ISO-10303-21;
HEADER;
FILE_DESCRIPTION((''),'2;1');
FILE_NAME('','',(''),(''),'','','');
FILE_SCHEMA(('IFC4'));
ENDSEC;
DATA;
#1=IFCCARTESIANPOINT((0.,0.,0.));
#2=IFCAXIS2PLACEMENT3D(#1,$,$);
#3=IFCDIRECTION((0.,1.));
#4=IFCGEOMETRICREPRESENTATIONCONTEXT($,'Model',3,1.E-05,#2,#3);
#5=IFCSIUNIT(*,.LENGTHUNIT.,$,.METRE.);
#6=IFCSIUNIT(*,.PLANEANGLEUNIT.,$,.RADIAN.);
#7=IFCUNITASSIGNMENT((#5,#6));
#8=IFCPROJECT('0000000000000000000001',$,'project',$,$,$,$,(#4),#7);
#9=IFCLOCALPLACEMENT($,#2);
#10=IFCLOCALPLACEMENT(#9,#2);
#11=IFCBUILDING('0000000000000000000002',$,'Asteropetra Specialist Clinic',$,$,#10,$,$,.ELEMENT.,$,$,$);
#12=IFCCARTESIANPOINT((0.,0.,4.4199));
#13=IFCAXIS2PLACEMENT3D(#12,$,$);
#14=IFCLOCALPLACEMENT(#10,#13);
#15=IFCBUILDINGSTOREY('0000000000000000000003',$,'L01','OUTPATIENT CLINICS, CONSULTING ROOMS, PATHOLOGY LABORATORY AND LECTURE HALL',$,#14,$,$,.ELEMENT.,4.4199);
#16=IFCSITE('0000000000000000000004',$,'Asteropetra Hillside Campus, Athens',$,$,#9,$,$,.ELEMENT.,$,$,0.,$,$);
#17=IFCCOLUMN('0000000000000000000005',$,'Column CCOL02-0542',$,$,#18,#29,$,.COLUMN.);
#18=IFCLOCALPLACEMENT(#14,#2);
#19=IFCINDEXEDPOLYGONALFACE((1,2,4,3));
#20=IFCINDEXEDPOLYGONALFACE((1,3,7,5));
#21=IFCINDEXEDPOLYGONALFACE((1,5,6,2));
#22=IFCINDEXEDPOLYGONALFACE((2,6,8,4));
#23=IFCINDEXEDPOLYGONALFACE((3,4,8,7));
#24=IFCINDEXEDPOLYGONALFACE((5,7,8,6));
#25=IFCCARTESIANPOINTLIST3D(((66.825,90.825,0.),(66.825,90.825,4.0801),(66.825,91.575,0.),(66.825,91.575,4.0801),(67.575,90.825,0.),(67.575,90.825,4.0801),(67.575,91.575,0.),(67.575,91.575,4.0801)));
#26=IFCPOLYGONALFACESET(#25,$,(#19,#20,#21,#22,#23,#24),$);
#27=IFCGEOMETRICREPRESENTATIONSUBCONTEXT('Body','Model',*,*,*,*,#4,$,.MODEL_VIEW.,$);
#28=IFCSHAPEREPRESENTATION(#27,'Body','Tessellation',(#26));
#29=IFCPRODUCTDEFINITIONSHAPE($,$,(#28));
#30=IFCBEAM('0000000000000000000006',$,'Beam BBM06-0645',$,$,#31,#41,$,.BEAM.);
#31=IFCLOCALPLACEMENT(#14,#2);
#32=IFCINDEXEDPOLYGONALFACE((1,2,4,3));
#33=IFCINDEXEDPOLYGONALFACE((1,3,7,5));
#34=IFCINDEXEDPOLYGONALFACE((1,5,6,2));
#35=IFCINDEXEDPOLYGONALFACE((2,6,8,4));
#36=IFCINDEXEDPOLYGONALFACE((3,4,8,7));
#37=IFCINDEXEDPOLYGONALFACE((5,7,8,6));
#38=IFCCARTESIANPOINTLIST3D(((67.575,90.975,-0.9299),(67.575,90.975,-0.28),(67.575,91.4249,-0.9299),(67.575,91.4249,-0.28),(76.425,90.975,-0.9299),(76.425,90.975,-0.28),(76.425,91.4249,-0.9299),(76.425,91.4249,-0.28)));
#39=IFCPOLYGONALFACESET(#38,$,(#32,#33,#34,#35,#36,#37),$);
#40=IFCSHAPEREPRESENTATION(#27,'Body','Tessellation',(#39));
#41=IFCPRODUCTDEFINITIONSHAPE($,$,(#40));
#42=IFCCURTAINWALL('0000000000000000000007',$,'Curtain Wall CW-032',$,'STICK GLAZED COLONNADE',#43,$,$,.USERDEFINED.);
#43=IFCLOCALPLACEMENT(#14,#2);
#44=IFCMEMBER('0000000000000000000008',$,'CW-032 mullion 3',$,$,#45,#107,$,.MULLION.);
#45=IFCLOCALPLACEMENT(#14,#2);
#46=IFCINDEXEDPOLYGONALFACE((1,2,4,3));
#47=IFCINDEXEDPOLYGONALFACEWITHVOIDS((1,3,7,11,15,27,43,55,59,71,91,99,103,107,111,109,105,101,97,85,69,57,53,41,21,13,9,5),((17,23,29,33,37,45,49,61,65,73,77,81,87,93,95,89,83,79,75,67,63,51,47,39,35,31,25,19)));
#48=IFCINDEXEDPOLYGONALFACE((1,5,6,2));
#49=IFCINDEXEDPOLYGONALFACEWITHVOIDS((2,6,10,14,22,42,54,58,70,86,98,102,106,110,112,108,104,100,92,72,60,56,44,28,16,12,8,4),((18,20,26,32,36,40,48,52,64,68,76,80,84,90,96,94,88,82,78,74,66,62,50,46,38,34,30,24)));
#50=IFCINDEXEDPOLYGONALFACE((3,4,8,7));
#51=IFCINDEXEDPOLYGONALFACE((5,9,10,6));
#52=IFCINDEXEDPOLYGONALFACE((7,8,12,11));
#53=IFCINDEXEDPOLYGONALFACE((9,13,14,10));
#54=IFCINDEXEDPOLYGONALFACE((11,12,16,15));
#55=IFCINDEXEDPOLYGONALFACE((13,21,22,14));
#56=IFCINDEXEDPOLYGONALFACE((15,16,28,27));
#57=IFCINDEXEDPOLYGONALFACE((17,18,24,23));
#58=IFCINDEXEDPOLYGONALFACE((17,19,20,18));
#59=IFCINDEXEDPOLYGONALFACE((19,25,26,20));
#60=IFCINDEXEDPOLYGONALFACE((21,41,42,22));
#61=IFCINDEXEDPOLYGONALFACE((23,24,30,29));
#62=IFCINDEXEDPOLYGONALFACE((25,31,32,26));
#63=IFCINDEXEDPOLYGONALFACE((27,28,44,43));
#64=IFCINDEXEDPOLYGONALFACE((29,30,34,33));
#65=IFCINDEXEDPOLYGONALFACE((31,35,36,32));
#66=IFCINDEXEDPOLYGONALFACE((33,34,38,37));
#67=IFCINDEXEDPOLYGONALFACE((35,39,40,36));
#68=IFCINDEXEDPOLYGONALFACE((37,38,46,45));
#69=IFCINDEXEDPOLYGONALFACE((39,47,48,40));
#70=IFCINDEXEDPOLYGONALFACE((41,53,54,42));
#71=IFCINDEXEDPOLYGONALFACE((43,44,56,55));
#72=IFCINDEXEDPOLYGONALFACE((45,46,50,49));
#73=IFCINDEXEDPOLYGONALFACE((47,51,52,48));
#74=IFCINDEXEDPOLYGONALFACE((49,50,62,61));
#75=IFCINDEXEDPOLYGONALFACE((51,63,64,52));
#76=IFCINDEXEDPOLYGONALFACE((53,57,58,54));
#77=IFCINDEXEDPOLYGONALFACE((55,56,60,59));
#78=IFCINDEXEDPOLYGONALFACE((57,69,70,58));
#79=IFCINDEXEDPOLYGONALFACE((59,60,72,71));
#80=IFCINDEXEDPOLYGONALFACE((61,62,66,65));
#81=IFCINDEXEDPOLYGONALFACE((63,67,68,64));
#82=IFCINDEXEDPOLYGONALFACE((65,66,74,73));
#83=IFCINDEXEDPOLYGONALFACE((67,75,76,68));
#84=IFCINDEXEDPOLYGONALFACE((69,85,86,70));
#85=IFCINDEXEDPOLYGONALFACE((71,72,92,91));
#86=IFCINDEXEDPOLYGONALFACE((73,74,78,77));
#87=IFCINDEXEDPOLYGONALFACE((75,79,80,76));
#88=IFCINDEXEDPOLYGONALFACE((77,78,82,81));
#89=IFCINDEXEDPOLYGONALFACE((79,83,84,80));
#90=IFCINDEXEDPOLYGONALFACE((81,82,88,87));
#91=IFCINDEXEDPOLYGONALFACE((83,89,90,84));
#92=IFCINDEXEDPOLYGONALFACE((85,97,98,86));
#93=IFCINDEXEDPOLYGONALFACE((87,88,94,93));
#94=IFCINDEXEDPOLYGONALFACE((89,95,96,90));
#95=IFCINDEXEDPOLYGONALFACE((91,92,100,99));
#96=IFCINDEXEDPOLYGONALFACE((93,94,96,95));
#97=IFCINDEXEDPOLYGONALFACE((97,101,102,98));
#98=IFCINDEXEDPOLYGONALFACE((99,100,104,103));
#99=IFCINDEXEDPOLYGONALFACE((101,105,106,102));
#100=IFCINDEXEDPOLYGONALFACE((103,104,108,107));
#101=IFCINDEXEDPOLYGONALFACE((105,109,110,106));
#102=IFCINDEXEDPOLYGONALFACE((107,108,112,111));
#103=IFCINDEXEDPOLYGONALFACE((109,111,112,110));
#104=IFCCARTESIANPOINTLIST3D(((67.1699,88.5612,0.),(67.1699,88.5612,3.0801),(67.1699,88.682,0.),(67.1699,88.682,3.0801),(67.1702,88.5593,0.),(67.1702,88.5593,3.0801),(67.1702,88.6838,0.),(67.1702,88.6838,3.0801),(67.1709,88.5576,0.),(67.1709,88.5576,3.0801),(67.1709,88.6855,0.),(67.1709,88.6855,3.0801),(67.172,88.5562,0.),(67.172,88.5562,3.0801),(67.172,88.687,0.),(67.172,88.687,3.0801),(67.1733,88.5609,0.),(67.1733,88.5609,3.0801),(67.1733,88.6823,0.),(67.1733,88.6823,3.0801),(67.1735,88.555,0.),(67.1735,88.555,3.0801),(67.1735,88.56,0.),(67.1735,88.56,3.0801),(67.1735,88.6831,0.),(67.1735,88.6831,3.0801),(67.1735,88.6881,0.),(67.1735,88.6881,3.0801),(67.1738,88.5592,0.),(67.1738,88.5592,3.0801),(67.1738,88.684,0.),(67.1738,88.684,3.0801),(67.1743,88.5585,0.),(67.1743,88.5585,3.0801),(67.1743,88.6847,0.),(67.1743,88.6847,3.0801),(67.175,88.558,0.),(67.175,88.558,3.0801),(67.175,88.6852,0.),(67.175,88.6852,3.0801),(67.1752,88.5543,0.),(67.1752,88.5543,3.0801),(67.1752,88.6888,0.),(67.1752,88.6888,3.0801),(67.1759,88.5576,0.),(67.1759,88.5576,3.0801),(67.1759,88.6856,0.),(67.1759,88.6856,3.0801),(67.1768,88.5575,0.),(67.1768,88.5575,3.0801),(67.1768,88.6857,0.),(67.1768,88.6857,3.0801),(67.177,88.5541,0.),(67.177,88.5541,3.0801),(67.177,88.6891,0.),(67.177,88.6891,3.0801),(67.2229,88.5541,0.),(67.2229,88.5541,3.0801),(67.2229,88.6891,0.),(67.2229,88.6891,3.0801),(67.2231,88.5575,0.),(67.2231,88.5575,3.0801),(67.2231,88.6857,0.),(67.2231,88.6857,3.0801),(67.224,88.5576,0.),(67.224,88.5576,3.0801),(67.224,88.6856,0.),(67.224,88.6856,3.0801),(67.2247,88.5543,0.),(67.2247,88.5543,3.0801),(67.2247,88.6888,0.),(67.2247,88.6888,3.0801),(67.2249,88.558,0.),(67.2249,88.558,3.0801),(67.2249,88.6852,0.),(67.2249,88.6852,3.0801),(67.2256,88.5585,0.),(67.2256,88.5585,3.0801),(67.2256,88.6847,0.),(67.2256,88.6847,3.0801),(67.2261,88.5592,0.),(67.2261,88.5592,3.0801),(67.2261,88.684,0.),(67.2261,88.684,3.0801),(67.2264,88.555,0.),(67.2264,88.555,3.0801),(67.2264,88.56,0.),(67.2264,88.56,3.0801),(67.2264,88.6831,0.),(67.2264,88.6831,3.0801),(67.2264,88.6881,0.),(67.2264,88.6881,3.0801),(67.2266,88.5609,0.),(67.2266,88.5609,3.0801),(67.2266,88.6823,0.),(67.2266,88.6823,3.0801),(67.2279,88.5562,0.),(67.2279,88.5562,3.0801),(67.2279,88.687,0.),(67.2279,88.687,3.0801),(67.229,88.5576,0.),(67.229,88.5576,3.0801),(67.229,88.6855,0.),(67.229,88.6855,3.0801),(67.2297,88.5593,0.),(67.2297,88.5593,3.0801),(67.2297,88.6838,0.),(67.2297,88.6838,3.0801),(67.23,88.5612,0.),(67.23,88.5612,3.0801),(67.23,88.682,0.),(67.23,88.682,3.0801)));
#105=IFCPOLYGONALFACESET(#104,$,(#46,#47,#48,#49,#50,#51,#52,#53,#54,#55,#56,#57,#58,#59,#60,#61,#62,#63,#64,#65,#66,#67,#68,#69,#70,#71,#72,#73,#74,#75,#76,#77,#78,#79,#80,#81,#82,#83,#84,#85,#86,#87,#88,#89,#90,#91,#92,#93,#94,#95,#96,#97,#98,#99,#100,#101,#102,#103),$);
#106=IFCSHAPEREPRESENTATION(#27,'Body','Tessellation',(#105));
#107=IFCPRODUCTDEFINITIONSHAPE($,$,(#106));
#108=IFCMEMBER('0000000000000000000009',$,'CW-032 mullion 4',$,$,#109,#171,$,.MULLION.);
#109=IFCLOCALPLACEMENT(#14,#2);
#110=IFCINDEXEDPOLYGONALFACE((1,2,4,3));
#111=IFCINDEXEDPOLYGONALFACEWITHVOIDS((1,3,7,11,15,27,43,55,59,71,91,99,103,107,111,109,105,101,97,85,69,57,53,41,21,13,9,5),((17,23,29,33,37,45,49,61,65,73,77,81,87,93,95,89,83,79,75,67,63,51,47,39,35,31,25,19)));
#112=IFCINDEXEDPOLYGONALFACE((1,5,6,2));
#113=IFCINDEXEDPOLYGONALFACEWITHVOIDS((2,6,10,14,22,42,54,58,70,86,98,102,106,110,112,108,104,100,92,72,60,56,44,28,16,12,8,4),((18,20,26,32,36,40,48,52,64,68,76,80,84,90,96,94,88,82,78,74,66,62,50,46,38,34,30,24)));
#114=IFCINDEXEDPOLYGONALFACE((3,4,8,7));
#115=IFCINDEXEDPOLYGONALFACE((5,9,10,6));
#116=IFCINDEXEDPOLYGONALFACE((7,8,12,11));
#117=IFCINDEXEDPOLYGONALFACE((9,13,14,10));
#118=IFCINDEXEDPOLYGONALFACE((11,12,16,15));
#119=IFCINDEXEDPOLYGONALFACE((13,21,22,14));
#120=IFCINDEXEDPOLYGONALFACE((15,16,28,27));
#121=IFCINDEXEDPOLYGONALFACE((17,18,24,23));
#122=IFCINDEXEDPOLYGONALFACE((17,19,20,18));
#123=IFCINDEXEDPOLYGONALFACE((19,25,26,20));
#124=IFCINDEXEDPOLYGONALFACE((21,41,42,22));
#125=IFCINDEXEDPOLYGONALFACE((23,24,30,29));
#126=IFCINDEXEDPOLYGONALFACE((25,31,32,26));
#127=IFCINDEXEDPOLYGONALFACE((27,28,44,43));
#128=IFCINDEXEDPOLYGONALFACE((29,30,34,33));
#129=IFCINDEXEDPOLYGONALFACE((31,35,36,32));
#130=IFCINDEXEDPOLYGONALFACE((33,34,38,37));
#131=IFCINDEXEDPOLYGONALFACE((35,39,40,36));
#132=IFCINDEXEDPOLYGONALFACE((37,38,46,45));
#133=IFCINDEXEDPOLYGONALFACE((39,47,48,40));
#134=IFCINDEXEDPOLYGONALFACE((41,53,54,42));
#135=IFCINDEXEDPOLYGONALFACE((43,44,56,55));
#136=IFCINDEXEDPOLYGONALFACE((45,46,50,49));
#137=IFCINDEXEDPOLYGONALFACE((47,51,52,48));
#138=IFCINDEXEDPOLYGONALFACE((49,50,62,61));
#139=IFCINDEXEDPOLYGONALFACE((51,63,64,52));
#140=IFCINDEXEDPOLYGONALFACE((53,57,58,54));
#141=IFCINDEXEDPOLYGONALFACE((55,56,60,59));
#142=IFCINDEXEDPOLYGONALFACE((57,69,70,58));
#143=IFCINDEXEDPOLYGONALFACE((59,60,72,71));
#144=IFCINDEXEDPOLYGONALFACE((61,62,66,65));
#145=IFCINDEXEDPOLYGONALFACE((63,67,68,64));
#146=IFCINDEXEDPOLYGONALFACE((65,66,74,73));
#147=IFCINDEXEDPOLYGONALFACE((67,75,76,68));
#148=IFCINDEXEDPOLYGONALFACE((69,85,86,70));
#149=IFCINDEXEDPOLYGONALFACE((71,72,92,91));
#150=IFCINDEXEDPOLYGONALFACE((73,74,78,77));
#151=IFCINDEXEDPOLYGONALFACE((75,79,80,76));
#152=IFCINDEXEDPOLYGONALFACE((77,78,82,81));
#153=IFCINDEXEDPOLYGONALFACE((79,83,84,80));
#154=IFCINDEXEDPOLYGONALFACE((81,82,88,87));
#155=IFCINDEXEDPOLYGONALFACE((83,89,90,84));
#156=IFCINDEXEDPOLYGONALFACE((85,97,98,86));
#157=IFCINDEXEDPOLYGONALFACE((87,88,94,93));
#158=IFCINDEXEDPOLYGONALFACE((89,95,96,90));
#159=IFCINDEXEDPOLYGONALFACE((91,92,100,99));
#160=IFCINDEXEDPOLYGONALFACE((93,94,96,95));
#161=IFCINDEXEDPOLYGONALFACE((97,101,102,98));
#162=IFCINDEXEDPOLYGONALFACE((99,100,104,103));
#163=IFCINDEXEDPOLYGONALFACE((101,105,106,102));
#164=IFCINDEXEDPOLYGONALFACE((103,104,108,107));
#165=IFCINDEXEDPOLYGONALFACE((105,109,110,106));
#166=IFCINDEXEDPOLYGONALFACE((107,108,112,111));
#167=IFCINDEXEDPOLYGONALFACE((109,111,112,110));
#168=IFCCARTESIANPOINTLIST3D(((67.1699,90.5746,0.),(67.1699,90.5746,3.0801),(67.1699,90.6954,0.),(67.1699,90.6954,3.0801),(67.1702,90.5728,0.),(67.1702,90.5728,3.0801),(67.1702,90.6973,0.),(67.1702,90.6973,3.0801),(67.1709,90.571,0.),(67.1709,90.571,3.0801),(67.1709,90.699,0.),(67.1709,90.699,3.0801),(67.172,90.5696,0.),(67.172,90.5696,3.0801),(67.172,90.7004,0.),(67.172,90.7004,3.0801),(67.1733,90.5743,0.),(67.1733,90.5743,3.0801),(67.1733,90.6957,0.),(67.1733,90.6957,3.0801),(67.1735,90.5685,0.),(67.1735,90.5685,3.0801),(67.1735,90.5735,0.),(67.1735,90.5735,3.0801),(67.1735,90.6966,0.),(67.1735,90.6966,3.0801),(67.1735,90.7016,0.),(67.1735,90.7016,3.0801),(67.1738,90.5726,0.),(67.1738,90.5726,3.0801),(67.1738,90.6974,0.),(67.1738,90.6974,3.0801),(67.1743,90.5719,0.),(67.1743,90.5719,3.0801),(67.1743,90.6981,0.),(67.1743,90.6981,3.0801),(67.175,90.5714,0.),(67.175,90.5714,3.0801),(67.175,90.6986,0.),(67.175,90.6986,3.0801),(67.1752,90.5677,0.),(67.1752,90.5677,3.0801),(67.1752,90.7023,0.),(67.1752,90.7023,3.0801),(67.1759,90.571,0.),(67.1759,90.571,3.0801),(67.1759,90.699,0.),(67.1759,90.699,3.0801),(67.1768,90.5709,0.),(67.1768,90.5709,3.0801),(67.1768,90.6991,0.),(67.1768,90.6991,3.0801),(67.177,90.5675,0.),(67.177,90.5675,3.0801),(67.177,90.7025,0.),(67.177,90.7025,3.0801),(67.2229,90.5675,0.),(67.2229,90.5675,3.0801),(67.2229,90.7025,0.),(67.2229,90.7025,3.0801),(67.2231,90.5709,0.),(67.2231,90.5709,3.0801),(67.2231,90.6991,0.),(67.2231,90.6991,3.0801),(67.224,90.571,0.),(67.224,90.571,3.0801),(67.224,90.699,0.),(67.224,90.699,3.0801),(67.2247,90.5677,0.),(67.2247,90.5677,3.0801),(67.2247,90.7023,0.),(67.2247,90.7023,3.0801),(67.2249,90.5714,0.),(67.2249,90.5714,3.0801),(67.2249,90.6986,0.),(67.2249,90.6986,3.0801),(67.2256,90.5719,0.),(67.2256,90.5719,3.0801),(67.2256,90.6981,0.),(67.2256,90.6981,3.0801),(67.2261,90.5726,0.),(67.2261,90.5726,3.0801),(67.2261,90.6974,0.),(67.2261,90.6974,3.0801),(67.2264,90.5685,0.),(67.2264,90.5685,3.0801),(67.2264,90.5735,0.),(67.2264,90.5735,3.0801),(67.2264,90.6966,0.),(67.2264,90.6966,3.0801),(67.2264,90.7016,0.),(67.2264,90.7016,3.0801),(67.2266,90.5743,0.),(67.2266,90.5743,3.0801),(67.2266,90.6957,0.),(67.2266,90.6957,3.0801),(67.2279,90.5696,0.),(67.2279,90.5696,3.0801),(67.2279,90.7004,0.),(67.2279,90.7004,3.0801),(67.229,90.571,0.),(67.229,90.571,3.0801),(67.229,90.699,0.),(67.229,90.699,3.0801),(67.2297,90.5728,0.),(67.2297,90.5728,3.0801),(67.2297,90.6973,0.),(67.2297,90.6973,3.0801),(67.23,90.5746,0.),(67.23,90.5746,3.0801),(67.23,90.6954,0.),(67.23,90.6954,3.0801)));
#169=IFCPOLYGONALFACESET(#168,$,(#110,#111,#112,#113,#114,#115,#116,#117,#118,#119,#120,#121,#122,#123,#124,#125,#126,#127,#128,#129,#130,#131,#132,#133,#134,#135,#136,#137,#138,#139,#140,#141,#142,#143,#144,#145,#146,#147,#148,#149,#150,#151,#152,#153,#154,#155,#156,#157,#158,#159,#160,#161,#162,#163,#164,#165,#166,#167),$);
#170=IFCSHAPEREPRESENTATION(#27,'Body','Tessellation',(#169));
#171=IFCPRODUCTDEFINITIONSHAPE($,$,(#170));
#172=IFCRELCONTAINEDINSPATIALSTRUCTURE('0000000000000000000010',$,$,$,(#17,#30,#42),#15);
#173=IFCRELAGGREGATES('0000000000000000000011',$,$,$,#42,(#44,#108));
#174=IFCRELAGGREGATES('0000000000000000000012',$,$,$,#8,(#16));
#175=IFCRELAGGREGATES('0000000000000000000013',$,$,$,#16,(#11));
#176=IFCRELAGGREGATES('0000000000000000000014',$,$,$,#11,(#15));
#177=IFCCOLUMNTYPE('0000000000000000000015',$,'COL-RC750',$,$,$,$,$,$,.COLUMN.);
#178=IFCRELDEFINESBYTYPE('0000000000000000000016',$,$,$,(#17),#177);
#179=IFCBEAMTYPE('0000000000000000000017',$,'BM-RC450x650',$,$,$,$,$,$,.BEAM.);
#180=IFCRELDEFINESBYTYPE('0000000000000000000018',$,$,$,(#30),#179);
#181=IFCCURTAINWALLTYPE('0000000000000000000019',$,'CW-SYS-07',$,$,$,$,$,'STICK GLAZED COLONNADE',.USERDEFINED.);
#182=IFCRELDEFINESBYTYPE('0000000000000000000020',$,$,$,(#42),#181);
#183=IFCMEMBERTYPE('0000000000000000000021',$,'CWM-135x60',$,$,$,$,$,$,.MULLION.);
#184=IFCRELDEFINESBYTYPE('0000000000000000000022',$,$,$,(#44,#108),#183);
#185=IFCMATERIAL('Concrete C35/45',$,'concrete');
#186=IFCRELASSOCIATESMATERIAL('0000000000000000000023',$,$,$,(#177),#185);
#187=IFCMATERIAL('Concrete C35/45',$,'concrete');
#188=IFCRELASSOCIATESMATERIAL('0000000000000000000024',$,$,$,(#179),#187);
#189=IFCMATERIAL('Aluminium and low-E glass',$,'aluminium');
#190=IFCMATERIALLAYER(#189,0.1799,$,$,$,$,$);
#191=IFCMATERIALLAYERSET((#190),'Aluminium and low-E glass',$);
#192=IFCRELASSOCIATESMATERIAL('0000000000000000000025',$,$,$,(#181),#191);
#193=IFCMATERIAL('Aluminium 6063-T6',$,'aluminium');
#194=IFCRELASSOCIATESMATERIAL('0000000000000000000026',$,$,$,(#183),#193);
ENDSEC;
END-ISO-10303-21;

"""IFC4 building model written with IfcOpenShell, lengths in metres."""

from ifc_helpers import new_model, si_unit, direction, frame, origin, origin_2d, place, context, subcontext, project, spatial, rectangle, hollow_rectangle, extrude, material, layer, layer_set, material_profile, profile_set, type_object, element, aggregate, save


model = new_model("IFC4")

# Units and contexts
model_context = context("Model", 3, precision=1e-05, world=origin(), true_north=direction((0.0, 1.0)))
body_context = subcontext(model_context, "Body", "Model", "MODEL_VIEW")
ifc_project = project(units=[si_unit("LENGTHUNIT", "METRE"), si_unit("PLANEANGLEUNIT", "RADIAN")], contexts=[model_context])

# Site, building, storey
site_placement = place(None, origin())
site = spatial("IfcSite", under=ifc_project, at=site_placement, Name="Asteropetra Hillside Campus, Athens", CompositionType="ELEMENT", RefElevation=0.0)
building_placement = place(site_placement, origin())
building = spatial("IfcBuilding", under=site, at=building_placement, Name="Asteropetra Specialist Clinic", CompositionType="ELEMENT")
storey_placement = place(building_placement, frame((0.0, 0.0, 4.4199)))
storey = spatial("IfcBuildingStorey", under=building, at=storey_placement, Name="L01", Description="OUTPATIENT CLINICS, CONSULTING ROOMS, PATHOLOGY LABORATORY AND LECTURE HALL", CompositionType="ELEMENT", Elevation=4.4199)

# Column
ifc_material_1 = material(Name="Concrete C35/45", Category="concrete")
ifc_material_profile_1 = material_profile(ifc_material_1, rectangle(XDim=0.75, YDim=0.75, at=origin_2d()), Name="RC 750x750")
ifc_profile_set_1 = profile_set([ifc_material_profile_1], Name="Concrete C35/45")
column_type = type_object("IfcColumnType", Name="COL-RC750", PredefinedType="COLUMN", material=ifc_profile_set_1)
column_placement = place(storey_placement, frame((67.2, 91.2, 0.0), z_axis=(0.0, 0.0, 1.0), x_axis=(1.0, 0.0, 0.0)))
element("IfcColumn", 1, at=column_placement, inside=storey, type_object=column_type, Name="Column CCOL02-0542", PredefinedType="COLUMN", context=body_context, shape_type="SweptSolid", body=[
    extrude(rectangle(XDim=0.75, YDim=0.75, at=origin_2d()), origin(), (0.0, 0.0, 1.0), 4.0801),
])

# Beam
ifc_material_2 = material(Name="Concrete C35/45", Category="concrete")
ifc_material_profile_2 = material_profile(ifc_material_2, rectangle(XDim=0.45, YDim=0.6499, at=origin_2d()), Name="RCB 450x650")
ifc_profile_set_2 = profile_set([ifc_material_profile_2], Name="Concrete C35/45")
beam_type = type_object("IfcBeamType", Name="BM-RC450x650", PredefinedType="BEAM", material=ifc_profile_set_2)
beam_placement = place(storey_placement, frame((67.575, 91.2, -0.605), z_axis=(1.0, 0.0, 0.0), x_axis=(0.0, 1.0, 0.0)))
element("IfcBeam", 2, at=beam_placement, inside=storey, type_object=beam_type, Name="Beam BBM06-0645", PredefinedType="BEAM", context=body_context, shape_type="SweptSolid", body=[
    extrude(rectangle(XDim=0.45, YDim=0.6499, at=origin_2d()), origin(), (0.0, 0.0, 1.0), 8.8501),
])

# Curtain wall, members
ifc_material_3 = material(Name="Aluminium and low-E glass", Category="aluminium")
ifc_layer_1 = layer(ifc_material_3, 0.1799)
ifc_layer_set_1 = layer_set([ifc_layer_1], Name="Aluminium and low-E glass")
curtain_wall_type_1 = type_object("IfcCurtainWallType", Name="CW-SYS-07", ElementType="STICK GLAZED COLONNADE", PredefinedType="USERDEFINED", material=ifc_layer_set_1)
curtain_wall_1_placement = place(storey_placement, origin())
curtain_wall_1 = element("IfcCurtainWall", 3, at=curtain_wall_1_placement, inside=storey, type_object=curtain_wall_type_1, Name="Curtain Wall CW-032", ObjectType="STICK GLAZED COLONNADE", PredefinedType="USERDEFINED")
ifc_material_4 = material(Name="Aluminium 6063-T6", Category="aluminium")
ifc_material_profile_3 = material_profile(ifc_material_4, hollow_rectangle(XDim=0.0601, YDim=0.135, WallThickness=0.0034, InnerFilletRadius=0.0034, OuterFilletRadius=0.0071, at=origin_2d()), Name="MUL 135x60x3.5")
ifc_profile_set_3 = profile_set([ifc_material_profile_3], Name="Aluminium 6063-T6")
member_type_1 = type_object("IfcMemberType", Name="CWM-135x60", PredefinedType="MULLION", material=ifc_profile_set_3)
member_1_placement = place(storey_placement, frame((67.2, 88.6216, 0.0), z_axis=(0.0, 0.0, 1.0), x_axis=(-1.0, 0.0, 0.0)))
member_1 = element("IfcMember", 4, at=member_1_placement, type_object=member_type_1, Name="CW-032 mullion 3", PredefinedType="MULLION", context=body_context, shape_type="SweptSolid", body=[
    extrude(hollow_rectangle(XDim=0.0601, YDim=0.135, WallThickness=0.0034, InnerFilletRadius=0.0034, OuterFilletRadius=0.0071, at=origin_2d()), origin(), (0.0, 0.0, 1.0), 3.0801),
])
member_2_placement = place(storey_placement, frame((67.2, 90.635, 0.0), z_axis=(0.0, 0.0, 1.0), x_axis=(-1.0, 0.0, 0.0)))
member_2 = element("IfcMember", 5, at=member_2_placement, type_object=member_type_1, Name="CW-032 mullion 4", PredefinedType="MULLION", context=body_context, shape_type="SweptSolid", body=[
    extrude(hollow_rectangle(XDim=0.0601, YDim=0.135, WallThickness=0.0034, InnerFilletRadius=0.0034, OuterFilletRadius=0.0071, at=origin_2d()), origin(), (0.0, 0.0, 1.0), 3.0801),
])

aggregate(curtain_wall_1, [member_1, member_2])

save(model, "model.ifc")
